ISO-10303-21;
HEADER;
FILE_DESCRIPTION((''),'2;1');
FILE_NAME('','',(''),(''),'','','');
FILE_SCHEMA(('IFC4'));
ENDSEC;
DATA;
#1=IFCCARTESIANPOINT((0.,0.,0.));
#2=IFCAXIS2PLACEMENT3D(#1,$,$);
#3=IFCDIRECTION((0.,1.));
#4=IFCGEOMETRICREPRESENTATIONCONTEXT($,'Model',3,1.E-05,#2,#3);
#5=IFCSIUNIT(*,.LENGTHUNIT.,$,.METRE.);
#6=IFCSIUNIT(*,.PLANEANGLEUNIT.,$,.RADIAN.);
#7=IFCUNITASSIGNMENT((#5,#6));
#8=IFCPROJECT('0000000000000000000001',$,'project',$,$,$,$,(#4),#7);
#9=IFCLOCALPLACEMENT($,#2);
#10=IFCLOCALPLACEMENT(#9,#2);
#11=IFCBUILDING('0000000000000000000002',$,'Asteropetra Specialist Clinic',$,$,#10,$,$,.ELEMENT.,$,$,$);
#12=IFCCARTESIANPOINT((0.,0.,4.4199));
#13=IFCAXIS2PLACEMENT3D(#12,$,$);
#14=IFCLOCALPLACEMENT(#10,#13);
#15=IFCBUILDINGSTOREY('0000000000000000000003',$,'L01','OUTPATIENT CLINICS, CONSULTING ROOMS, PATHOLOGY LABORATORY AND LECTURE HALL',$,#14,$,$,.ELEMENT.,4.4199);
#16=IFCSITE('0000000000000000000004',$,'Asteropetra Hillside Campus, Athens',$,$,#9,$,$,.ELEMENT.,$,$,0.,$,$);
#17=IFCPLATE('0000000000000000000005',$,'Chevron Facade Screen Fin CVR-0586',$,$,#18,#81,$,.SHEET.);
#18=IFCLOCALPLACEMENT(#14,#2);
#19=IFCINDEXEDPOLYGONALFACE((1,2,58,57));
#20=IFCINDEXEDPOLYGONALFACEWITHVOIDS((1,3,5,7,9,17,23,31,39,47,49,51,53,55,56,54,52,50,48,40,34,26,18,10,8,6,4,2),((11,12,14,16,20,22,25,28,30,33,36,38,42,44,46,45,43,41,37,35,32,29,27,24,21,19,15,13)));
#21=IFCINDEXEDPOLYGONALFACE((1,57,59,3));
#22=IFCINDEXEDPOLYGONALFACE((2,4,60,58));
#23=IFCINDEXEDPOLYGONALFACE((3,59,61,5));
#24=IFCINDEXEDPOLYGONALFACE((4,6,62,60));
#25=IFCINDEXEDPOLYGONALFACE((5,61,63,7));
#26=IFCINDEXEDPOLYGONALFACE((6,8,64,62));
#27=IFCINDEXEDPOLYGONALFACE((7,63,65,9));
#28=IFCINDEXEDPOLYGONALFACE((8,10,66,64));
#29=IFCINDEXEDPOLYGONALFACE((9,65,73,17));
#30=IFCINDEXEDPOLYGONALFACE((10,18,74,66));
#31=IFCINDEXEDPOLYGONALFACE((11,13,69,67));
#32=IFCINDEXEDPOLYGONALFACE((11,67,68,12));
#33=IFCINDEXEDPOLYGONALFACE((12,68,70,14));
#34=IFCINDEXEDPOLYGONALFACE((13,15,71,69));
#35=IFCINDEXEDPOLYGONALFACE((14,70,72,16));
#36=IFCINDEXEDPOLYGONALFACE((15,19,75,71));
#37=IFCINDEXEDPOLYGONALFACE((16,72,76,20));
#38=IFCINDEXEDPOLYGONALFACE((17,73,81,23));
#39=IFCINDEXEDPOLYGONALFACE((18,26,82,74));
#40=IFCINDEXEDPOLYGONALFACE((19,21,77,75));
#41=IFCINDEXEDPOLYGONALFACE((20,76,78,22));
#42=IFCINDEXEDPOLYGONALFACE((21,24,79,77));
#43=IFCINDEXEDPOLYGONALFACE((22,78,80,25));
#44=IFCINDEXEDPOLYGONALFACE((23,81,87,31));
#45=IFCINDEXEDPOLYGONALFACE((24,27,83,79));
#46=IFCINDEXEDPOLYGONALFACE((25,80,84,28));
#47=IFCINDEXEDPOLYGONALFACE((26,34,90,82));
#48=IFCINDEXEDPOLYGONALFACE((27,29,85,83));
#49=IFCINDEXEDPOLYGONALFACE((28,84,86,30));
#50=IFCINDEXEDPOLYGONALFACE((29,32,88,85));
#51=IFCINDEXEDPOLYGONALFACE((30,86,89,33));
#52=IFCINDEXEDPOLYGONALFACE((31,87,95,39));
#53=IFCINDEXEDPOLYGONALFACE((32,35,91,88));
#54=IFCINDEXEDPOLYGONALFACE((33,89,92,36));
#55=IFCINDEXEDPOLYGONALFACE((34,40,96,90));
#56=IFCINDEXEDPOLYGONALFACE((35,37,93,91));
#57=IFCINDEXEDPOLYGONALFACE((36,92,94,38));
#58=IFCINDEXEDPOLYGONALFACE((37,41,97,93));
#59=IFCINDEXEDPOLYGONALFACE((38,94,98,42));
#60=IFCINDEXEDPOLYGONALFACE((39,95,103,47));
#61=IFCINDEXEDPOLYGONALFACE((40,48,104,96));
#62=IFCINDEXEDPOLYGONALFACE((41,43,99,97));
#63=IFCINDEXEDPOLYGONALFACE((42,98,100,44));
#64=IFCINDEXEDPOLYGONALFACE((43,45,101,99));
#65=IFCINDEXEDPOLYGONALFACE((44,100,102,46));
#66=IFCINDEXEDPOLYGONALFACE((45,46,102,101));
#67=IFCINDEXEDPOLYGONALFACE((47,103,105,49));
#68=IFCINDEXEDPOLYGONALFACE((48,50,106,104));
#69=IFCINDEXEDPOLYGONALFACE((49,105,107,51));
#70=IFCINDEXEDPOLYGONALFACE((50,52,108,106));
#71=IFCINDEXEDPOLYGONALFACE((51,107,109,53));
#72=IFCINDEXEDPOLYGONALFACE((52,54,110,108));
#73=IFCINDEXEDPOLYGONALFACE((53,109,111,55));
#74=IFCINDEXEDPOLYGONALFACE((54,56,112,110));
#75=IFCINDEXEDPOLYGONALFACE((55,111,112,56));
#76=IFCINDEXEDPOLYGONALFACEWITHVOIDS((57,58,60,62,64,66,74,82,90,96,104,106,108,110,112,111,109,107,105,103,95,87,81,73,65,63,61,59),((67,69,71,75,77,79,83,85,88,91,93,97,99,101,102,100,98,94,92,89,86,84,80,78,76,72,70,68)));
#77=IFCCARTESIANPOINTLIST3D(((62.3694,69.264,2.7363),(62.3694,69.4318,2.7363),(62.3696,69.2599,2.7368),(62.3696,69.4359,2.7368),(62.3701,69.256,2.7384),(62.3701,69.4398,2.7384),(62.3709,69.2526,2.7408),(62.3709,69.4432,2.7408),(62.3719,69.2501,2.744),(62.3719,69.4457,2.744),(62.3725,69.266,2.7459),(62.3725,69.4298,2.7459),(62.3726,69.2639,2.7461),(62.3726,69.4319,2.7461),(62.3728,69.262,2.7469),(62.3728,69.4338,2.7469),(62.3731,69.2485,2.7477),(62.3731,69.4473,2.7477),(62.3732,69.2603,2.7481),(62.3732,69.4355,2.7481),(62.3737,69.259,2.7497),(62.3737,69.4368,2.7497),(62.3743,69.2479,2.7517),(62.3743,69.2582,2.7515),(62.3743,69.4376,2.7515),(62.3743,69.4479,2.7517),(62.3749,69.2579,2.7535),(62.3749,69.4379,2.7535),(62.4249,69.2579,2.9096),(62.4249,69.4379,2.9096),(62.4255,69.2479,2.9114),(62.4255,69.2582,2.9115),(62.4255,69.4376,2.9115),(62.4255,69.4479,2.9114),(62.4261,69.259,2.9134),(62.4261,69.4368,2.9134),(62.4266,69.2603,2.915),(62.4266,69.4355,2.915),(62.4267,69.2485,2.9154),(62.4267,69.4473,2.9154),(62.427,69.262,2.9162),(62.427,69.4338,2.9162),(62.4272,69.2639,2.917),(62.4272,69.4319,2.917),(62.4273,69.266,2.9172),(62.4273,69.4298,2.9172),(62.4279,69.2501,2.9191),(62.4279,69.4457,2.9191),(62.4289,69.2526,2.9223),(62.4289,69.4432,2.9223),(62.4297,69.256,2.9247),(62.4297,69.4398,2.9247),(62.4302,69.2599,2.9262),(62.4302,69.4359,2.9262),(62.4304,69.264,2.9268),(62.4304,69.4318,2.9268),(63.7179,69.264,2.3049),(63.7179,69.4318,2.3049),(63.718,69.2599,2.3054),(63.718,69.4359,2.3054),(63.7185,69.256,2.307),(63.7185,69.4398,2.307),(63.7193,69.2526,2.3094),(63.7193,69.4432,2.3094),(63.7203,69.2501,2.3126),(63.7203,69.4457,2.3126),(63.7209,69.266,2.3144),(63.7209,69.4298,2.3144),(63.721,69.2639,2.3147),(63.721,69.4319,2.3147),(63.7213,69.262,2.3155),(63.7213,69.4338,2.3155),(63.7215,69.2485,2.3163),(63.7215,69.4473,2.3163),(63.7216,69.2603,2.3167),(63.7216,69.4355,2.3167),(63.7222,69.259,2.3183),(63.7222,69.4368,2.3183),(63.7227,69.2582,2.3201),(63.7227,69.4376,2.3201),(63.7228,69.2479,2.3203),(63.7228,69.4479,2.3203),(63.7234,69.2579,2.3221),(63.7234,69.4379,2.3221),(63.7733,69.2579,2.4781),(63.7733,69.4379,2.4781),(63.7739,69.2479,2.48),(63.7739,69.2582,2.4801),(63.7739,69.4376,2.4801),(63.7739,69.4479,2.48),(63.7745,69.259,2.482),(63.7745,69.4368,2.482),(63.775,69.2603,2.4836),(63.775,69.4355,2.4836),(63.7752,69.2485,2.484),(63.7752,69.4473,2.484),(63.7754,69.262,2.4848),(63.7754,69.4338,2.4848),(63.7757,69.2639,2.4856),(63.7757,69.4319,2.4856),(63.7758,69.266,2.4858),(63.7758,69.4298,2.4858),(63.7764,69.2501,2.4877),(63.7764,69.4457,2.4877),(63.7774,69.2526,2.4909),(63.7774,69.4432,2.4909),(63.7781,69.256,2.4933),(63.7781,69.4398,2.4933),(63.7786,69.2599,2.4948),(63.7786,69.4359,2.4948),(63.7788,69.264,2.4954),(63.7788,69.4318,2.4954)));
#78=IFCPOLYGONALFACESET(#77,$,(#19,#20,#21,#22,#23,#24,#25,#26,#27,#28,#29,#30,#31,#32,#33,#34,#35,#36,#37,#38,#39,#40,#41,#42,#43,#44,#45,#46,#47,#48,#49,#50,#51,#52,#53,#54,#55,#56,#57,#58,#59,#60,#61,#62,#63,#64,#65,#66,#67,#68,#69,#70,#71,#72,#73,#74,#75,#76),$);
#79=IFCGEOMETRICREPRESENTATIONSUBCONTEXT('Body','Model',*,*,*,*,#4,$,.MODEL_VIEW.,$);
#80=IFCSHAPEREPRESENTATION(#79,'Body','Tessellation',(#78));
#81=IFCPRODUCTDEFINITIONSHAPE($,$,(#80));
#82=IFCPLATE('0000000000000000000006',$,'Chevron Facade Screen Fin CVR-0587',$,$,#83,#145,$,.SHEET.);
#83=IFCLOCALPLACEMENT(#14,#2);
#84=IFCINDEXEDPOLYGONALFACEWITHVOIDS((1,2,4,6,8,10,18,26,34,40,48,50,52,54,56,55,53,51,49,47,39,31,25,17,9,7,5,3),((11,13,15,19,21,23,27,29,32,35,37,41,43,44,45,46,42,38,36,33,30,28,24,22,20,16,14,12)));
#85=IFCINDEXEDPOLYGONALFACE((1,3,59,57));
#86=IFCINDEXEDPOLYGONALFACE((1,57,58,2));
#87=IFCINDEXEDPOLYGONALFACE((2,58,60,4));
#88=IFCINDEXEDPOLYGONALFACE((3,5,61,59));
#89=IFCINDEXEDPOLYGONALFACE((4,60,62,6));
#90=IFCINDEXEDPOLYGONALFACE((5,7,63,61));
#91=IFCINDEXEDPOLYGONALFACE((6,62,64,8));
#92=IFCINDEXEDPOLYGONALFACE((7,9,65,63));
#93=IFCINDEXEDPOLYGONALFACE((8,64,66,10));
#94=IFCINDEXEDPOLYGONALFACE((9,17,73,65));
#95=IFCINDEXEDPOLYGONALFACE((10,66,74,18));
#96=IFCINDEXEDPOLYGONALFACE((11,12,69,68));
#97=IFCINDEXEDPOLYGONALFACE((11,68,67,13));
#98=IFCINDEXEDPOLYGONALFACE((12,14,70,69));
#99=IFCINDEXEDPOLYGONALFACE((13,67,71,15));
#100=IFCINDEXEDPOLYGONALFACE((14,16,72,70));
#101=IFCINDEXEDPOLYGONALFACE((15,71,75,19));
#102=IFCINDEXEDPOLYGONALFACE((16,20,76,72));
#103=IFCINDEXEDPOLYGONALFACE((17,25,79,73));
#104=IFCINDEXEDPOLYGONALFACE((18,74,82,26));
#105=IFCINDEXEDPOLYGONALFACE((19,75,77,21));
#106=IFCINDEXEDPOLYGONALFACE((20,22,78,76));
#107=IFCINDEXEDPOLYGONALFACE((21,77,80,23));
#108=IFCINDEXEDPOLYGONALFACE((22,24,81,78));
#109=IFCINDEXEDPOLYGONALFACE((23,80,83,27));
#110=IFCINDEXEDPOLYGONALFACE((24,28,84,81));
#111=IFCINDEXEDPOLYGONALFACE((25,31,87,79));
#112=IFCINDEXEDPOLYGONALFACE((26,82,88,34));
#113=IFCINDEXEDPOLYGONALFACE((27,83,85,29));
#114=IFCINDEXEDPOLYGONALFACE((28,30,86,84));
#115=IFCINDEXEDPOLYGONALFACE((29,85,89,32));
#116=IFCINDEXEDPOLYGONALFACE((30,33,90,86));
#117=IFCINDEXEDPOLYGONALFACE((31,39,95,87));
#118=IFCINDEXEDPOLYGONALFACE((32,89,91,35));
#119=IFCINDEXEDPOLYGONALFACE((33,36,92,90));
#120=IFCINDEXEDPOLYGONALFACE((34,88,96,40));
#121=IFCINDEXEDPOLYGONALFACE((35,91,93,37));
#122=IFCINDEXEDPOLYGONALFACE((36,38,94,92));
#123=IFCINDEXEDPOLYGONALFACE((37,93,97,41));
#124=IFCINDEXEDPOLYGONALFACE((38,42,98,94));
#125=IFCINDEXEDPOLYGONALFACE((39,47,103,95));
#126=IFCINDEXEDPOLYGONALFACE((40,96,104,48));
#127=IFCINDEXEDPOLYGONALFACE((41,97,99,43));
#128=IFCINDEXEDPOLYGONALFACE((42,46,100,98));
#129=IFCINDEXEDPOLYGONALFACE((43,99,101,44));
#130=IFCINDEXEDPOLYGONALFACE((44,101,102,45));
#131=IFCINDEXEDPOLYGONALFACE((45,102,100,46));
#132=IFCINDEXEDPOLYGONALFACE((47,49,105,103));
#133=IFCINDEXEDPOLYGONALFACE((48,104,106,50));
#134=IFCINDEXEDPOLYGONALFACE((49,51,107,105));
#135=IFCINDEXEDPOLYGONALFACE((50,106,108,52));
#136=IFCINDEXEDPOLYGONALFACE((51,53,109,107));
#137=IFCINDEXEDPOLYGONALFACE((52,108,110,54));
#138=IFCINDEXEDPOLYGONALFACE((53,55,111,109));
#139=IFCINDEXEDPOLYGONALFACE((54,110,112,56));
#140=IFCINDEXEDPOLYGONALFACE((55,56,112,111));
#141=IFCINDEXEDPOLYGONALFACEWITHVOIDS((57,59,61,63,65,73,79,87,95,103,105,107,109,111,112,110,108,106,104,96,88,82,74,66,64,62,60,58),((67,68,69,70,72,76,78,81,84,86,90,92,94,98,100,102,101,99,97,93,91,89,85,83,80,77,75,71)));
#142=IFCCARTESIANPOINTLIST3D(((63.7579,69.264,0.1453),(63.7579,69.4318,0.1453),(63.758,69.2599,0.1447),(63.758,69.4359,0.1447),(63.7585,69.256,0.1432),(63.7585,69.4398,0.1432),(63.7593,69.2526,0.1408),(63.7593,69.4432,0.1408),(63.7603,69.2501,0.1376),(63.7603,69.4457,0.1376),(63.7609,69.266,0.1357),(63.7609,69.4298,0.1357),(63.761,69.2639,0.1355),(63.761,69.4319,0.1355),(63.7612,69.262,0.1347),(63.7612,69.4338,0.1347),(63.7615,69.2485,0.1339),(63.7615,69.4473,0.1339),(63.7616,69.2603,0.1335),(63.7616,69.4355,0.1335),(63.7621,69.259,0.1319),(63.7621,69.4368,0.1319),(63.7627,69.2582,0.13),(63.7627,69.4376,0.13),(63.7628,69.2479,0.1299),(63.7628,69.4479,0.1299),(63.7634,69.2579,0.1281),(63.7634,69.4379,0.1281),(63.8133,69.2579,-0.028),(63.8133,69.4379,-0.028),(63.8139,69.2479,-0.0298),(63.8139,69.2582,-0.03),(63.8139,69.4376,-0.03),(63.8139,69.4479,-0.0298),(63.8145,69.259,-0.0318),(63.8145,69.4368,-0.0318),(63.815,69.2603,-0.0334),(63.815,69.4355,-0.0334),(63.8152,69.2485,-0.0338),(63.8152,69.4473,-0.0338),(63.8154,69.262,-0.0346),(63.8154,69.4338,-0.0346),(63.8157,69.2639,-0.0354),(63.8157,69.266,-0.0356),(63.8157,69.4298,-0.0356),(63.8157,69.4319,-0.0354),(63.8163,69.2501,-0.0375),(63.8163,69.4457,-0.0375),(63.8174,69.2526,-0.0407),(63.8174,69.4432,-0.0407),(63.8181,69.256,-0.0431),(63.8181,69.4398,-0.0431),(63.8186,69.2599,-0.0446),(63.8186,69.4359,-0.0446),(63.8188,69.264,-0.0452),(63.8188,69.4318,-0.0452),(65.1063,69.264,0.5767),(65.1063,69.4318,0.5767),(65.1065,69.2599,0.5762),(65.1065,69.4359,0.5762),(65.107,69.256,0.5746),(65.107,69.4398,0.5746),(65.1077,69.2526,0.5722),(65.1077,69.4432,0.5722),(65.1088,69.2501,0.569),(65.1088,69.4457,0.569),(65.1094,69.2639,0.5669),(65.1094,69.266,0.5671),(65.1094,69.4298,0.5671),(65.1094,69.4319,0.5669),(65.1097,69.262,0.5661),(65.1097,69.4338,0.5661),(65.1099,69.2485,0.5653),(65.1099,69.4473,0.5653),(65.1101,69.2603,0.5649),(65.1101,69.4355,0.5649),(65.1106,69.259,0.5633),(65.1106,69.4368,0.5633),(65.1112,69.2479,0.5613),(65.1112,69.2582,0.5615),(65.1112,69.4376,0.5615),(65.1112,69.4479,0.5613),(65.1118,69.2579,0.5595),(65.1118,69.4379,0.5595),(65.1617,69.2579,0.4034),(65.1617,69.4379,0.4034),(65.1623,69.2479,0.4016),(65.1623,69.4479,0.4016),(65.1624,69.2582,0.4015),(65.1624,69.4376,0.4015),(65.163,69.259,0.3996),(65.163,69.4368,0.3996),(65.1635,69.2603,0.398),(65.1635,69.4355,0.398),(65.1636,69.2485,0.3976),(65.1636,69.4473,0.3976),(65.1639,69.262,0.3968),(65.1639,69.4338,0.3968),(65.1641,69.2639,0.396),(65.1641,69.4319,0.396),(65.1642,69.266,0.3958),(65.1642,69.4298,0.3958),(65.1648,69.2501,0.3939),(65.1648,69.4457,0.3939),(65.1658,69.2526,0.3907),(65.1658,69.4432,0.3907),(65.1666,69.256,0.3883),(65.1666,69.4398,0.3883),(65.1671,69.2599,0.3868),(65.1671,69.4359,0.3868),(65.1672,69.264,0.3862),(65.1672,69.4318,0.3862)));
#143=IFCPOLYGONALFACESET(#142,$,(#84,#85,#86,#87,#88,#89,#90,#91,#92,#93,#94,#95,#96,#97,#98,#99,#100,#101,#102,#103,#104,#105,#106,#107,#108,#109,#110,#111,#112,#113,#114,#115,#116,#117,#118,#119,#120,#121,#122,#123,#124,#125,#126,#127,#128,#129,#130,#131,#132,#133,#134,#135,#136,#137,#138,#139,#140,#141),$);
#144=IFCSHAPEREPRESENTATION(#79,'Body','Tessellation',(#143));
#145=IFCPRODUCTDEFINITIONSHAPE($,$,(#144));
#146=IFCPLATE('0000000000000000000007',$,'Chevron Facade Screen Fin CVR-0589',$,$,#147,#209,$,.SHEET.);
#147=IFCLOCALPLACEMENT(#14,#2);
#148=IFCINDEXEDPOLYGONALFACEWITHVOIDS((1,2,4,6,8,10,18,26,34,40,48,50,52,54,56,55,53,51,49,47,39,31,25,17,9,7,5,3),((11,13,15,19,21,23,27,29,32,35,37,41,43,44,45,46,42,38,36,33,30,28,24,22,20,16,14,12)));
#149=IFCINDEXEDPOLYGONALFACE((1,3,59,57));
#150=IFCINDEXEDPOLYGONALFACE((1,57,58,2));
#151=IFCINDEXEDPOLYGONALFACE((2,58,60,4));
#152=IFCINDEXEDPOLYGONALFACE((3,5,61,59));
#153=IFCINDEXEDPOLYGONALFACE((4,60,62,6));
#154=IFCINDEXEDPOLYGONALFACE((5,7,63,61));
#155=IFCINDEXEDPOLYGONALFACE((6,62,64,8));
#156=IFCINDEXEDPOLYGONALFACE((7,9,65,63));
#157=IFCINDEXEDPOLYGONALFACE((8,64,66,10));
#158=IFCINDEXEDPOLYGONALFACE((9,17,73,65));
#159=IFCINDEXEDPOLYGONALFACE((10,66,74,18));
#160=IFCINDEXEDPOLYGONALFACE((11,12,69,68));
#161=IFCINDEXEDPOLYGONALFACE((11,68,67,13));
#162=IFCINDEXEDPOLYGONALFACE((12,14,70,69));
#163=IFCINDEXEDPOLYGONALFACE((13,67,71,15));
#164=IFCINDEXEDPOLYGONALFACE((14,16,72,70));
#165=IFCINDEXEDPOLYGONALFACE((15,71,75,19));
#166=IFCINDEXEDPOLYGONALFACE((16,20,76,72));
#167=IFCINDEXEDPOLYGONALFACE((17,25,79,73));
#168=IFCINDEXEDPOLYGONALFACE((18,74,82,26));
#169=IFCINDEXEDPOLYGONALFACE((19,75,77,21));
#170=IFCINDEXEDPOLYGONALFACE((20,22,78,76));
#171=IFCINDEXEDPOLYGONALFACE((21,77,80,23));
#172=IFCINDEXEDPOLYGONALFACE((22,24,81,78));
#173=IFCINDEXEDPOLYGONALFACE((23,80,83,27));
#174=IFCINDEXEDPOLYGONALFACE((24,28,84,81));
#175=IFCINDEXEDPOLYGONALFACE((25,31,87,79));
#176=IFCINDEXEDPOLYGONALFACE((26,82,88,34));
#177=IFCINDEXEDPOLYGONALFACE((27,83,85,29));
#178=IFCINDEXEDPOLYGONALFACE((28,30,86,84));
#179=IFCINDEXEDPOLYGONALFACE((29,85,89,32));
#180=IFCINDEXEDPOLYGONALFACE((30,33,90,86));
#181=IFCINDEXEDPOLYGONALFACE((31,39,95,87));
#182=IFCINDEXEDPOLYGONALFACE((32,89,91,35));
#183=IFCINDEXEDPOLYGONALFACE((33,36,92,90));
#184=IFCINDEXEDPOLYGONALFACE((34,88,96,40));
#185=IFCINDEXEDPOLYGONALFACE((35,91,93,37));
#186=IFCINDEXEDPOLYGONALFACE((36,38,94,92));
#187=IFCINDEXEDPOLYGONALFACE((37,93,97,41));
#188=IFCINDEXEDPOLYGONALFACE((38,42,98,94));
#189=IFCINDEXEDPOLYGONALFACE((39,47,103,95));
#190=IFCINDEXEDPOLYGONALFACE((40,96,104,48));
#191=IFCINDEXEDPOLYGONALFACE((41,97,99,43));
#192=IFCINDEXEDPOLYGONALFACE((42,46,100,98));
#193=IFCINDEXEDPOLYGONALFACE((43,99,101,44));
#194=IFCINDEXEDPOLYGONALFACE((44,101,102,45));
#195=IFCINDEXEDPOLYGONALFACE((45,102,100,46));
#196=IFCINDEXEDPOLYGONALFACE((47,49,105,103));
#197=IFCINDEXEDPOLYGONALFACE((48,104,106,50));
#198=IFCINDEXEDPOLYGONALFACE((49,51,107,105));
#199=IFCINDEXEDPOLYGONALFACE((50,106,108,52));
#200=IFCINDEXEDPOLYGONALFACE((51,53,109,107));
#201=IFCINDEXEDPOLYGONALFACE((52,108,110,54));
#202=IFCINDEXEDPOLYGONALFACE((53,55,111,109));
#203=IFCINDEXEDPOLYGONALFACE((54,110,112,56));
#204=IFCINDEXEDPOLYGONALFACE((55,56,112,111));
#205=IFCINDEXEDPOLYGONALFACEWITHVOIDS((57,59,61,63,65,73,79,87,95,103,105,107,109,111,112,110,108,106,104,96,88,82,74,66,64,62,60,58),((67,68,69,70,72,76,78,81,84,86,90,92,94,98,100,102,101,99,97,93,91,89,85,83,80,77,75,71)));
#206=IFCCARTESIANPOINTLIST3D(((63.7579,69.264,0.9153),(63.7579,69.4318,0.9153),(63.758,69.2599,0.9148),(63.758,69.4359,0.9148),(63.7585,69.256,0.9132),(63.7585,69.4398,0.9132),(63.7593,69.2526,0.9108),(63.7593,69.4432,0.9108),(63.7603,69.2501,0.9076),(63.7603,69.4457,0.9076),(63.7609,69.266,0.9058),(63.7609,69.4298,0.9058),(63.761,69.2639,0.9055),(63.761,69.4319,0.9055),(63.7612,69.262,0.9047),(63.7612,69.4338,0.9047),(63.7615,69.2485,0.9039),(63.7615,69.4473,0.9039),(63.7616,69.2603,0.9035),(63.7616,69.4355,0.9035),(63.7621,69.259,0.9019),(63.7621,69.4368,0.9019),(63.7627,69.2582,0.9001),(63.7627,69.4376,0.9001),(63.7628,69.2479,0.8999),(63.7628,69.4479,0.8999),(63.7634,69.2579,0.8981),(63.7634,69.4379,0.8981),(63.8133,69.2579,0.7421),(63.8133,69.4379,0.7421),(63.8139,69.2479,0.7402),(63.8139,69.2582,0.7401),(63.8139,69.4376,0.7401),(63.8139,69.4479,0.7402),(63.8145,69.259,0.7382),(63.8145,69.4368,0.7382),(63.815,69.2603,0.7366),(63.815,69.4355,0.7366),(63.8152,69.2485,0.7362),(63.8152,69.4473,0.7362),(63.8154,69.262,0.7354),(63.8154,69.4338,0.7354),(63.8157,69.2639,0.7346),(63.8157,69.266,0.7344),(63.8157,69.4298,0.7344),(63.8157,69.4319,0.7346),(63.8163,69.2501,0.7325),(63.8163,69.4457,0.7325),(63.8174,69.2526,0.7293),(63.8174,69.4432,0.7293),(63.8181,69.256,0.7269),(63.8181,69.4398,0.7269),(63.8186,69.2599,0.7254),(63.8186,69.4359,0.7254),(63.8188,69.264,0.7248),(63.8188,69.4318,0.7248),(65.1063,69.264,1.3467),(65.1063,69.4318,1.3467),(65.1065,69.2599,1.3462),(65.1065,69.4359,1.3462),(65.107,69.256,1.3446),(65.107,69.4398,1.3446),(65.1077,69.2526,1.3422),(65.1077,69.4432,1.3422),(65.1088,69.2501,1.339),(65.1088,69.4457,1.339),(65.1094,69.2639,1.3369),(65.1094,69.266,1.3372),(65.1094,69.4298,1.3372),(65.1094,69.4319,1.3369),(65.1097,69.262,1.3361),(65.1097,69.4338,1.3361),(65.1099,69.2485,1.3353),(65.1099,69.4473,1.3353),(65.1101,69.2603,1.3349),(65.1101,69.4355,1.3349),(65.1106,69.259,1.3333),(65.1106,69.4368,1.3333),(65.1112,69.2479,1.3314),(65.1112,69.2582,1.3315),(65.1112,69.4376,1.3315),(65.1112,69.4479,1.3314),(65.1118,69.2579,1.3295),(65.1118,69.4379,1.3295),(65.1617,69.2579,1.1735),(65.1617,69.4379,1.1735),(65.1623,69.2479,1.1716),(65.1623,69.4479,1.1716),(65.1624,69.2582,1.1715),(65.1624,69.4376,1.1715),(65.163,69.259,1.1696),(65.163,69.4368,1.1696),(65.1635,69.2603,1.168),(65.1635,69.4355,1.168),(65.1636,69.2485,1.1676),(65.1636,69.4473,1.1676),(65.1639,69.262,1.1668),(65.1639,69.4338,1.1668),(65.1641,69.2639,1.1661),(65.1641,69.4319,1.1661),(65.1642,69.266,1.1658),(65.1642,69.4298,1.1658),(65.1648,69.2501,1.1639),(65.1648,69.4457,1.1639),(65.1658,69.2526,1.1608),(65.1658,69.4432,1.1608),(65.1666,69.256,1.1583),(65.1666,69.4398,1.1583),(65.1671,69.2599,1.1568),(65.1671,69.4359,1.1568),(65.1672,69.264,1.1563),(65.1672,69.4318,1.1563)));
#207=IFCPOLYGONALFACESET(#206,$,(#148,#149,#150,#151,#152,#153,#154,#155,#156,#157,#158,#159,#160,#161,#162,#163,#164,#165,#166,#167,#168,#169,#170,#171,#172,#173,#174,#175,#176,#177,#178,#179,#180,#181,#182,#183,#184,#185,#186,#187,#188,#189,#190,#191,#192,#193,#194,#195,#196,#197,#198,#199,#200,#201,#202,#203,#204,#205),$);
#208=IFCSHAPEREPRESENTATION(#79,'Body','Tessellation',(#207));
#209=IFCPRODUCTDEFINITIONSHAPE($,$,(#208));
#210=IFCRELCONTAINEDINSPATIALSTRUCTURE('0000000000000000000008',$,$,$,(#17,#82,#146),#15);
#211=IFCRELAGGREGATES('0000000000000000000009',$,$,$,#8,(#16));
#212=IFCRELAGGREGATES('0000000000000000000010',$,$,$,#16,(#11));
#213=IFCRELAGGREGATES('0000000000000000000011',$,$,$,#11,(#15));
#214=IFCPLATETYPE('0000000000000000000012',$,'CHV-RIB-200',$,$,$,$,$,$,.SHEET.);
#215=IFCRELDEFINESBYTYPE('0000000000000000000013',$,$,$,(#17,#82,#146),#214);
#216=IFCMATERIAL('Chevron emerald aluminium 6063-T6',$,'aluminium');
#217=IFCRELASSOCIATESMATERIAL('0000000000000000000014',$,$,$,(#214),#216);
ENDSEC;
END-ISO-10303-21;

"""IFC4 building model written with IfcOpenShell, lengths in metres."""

from ifc_helpers import new_model, si_unit, direction, frame, origin, origin_2d, place, context, subcontext, project, spatial, hollow_rectangle, extrude, material, material_profile, profile_set, type_object, element, save


model = new_model("IFC4")

# Units and contexts
model_context = context("Model", 3, precision=1e-05, world=origin(), true_north=direction((0.0, 1.0)))
body_context = subcontext(model_context, "Body", "Model", "MODEL_VIEW")
ifc_project = project(units=[si_unit("LENGTHUNIT", "METRE"), si_unit("PLANEANGLEUNIT", "RADIAN")], contexts=[model_context])

# Site, building, storey
site_placement = place(None, origin())
site = spatial("IfcSite", under=ifc_project, at=site_placement, Name="Asteropetra Hillside Campus, Athens", CompositionType="ELEMENT", RefElevation=0.0)
building_placement = place(site_placement, origin())
building = spatial("IfcBuilding", under=site, at=building_placement, Name="Asteropetra Specialist Clinic", CompositionType="ELEMENT")
storey_placement = place(building_placement, frame((0.0, 0.0, 4.4199)))
storey = spatial("IfcBuildingStorey", under=building, at=storey_placement, Name="L01", Description="OUTPATIENT CLINICS, CONSULTING ROOMS, PATHOLOGY LABORATORY AND LECTURE HALL", CompositionType="ELEMENT", Elevation=4.4199)

# Plates
ifc_material_1 = material(Name="Chevron emerald aluminium 6063-T6", Category="aluminium")
ifc_material_profile = material_profile(ifc_material_1, hollow_rectangle(XDim=0.2, YDim=0.2, WallThickness=0.01, InnerFilletRadius=0.0081, OuterFilletRadius=0.0161, at=origin_2d()), Name="SHS 200x200x10.0")
ifc_profile_set = profile_set([ifc_material_profile], Name="Chevron emerald aluminium 6063-T6")
plate_type_1 = type_object("IfcPlateType", Name="CHV-RIB-200", PredefinedType="SHEET", material=ifc_profile_set)
for number, where, z_axis, x_axis, name in (
    (1, (62.3999, 69.3479, 2.8315), (0.952442, 0.0, -0.304719), (0.0, 1.0, 0.0), "Chevron Facade Screen Fin CVR-0586"),
    (2, (63.7883, 69.3479, 0.05), (0.952442, 0.0, 0.304719), (0.0, 1.0, 0.0), "Chevron Facade Screen Fin CVR-0587"),
    (3, (63.7883, 69.3479, 0.8201), (0.952442, 0.0, 0.304719), (0.0, 1.0, 0.0), "Chevron Facade Screen Fin CVR-0589"),
):
    element("IfcPlate", number, at=place(storey_placement, frame(where, z_axis=z_axis, x_axis=x_axis)), inside=storey, type_object=plate_type_1, Name=name, PredefinedType="SHEET", context=body_context, shape_type="SweptSolid", body=[
        extrude(hollow_rectangle(XDim=0.2, YDim=0.2, WallThickness=0.01, InnerFilletRadius=0.0081, OuterFilletRadius=0.0161, at=origin_2d()), origin(), (0.0, 0.0, 1.0), 1.4158),
    ])

save(model, "model.ifc")
